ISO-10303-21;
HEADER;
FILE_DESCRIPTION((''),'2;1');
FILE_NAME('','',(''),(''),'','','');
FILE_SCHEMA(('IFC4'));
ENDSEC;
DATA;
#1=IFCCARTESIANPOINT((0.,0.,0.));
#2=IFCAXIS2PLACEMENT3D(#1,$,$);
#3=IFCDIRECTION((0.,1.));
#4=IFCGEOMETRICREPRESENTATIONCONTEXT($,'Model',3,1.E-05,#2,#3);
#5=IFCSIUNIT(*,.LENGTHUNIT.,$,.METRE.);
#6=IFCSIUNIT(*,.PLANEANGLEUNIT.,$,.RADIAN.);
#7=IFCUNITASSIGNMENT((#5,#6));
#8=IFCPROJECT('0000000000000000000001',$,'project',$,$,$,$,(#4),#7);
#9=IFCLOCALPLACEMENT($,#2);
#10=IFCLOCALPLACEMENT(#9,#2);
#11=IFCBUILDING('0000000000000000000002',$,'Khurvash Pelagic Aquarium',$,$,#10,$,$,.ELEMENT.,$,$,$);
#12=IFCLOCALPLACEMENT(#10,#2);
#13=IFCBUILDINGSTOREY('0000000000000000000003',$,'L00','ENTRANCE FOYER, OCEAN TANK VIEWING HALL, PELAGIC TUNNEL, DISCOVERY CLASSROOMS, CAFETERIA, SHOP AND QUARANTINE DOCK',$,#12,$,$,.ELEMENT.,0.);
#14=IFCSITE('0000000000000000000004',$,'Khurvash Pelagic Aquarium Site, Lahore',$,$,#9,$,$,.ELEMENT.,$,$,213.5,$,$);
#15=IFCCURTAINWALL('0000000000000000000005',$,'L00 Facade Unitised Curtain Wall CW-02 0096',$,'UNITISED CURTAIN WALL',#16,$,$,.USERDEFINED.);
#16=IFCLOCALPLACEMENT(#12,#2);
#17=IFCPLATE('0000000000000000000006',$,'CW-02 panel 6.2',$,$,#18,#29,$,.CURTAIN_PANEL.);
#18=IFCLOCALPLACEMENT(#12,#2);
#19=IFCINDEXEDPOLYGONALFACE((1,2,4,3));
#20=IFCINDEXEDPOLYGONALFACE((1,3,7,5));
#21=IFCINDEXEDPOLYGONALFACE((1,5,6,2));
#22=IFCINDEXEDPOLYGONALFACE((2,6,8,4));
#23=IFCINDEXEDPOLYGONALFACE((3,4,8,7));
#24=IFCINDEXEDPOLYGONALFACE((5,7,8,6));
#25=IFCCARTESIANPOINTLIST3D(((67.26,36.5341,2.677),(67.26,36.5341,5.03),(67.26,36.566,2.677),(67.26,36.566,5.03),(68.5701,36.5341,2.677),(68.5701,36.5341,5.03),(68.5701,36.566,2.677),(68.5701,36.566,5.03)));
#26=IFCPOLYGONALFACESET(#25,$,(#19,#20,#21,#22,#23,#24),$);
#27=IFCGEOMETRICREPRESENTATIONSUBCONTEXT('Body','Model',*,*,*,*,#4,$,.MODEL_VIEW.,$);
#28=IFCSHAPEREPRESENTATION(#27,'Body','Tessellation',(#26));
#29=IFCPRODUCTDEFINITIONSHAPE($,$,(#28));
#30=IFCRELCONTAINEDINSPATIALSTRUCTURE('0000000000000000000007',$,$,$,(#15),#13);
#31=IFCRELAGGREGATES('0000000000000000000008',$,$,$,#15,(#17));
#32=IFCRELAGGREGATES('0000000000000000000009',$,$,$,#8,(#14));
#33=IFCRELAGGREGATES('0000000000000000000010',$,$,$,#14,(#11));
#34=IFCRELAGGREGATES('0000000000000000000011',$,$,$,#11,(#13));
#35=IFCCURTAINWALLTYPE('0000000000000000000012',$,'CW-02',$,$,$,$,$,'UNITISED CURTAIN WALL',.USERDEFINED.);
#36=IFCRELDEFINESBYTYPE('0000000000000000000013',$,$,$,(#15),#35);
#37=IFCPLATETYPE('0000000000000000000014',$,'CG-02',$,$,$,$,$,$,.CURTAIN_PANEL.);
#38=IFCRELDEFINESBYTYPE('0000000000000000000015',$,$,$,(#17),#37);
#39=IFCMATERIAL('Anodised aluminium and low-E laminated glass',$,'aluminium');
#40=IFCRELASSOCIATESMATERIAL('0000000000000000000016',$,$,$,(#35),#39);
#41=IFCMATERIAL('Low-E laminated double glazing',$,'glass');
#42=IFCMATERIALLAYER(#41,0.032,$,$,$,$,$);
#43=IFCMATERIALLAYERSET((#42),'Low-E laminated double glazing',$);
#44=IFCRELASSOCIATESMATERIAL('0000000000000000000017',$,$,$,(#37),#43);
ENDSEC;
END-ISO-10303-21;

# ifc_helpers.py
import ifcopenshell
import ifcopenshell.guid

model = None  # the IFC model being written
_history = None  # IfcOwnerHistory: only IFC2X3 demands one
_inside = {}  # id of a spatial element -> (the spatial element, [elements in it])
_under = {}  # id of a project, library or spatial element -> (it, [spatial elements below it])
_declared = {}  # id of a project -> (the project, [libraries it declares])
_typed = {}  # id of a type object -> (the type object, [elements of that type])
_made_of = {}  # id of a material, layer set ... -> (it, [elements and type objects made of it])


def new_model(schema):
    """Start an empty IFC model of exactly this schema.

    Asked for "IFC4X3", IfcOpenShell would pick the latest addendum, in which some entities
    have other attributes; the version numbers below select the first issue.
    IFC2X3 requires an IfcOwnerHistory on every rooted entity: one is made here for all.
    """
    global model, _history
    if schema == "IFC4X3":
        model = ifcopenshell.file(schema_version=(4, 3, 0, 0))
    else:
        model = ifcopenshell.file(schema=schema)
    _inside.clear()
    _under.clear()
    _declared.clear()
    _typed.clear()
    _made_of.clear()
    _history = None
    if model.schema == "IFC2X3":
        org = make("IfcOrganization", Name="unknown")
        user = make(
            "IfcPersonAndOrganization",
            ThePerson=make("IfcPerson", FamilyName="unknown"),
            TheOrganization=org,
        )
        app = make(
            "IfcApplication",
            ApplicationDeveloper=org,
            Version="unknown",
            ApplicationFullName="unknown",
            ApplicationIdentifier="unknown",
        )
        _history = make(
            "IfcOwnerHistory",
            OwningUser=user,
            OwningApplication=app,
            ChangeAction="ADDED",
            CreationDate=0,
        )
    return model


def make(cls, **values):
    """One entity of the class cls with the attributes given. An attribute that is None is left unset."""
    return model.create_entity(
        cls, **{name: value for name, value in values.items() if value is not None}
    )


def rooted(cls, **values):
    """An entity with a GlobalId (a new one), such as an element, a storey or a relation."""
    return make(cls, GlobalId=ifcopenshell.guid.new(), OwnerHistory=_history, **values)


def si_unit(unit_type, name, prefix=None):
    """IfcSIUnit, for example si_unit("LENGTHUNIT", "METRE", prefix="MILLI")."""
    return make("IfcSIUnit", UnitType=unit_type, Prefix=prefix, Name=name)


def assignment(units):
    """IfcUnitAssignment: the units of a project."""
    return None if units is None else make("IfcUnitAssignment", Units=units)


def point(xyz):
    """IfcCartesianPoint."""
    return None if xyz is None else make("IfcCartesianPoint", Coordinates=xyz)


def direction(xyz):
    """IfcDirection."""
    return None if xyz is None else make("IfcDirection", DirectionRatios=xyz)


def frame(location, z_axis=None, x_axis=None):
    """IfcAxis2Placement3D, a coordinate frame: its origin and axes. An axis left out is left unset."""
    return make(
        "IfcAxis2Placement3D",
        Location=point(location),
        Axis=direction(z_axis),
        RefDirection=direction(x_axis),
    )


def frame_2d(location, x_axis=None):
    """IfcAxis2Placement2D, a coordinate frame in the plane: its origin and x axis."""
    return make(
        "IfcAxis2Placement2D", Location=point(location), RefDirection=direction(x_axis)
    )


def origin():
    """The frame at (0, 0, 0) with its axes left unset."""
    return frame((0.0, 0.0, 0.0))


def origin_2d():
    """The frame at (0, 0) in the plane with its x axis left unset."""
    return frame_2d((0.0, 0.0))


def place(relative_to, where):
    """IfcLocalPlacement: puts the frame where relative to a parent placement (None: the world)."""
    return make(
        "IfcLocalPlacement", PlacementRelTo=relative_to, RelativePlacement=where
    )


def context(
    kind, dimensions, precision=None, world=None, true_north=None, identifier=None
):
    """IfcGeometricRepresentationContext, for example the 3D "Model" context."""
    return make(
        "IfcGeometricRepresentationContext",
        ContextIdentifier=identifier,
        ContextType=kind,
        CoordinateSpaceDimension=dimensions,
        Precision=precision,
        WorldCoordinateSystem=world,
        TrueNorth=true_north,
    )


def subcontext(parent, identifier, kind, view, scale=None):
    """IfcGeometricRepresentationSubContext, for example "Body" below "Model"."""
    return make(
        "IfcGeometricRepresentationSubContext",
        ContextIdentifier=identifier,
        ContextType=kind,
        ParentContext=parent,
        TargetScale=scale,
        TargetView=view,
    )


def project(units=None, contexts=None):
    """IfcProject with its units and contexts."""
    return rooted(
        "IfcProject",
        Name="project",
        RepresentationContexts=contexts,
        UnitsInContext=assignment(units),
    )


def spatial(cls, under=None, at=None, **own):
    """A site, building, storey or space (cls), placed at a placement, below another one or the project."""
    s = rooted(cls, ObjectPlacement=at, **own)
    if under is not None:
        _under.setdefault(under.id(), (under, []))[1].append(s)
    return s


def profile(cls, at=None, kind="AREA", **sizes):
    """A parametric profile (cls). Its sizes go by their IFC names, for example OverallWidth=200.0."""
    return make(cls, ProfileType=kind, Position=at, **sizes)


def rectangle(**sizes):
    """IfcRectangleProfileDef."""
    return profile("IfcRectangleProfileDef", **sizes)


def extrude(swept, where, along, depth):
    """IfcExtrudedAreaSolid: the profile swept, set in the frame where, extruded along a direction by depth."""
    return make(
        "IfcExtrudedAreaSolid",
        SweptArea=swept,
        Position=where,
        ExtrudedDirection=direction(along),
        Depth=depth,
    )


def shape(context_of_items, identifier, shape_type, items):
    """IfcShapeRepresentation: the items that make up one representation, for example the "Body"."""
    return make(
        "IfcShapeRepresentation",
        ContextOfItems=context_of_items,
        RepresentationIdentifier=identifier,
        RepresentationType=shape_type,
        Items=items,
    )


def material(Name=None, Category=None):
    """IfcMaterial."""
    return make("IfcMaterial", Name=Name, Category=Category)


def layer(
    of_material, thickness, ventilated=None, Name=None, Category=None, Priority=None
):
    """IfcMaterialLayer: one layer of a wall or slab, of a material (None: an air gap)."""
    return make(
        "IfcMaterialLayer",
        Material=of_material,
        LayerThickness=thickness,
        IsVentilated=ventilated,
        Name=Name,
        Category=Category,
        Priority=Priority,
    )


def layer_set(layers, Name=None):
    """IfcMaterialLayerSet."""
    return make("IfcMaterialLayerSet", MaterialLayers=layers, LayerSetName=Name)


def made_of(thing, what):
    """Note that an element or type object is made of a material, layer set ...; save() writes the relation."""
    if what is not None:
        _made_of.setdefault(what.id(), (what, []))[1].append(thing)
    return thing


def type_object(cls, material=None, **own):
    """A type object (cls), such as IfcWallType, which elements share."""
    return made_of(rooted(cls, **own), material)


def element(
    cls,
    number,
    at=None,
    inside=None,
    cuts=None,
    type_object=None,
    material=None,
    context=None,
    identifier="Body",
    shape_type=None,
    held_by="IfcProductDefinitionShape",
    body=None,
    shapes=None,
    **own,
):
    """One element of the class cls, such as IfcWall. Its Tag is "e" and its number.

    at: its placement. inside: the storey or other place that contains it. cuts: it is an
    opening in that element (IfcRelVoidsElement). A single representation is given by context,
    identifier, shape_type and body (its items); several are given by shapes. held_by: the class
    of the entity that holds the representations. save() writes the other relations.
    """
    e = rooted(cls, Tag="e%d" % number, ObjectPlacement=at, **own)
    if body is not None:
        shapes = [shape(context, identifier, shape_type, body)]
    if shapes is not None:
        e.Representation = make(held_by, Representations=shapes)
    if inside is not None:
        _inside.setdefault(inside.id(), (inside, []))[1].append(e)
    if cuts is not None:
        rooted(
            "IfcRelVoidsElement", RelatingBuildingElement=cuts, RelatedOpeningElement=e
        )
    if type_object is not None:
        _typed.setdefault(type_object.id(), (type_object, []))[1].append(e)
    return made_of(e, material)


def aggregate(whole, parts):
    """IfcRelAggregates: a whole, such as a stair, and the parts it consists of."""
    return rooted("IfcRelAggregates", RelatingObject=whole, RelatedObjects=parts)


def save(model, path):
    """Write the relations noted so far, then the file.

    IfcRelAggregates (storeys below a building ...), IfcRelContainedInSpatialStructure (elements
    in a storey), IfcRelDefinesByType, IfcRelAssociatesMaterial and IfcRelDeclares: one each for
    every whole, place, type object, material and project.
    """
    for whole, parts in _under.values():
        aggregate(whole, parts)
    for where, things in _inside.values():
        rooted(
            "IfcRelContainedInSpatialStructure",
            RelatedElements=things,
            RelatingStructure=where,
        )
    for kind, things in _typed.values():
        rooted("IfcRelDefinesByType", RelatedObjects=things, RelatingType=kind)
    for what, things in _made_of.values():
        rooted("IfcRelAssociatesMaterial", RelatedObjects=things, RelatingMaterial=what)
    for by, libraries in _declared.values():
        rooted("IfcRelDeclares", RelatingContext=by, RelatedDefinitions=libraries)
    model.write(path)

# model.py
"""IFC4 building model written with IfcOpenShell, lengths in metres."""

from ifc_helpers import new_model, si_unit, direction, frame, origin, origin_2d, place, context, subcontext, project, spatial, rectangle, extrude, material, layer, layer_set, type_object, element, aggregate, save


model = new_model("IFC4")

# Units and contexts
model_context = context("Model", 3, precision=1e-05, world=origin(), true_north=direction((0.0, 1.0)))
body_context = subcontext(model_context, "Body", "Model", "MODEL_VIEW")
ifc_project = project(units=[si_unit("LENGTHUNIT", "METRE"), si_unit("PLANEANGLEUNIT", "RADIAN")], contexts=[model_context])

# Site, building, storey
site_placement = place(None, origin())
site = spatial("IfcSite", under=ifc_project, at=site_placement, Name="Khurvash Pelagic Aquarium Site, Lahore", CompositionType="ELEMENT", RefElevation=213.5)
building_placement = place(site_placement, origin())
building = spatial("IfcBuilding", under=site, at=building_placement, Name="Khurvash Pelagic Aquarium", CompositionType="ELEMENT")
storey_placement = place(building_placement, origin())
storey = spatial("IfcBuildingStorey", under=building, at=storey_placement, Name="L00", Description="ENTRANCE FOYER, OCEAN TANK VIEWING HALL, PELAGIC TUNNEL, DISCOVERY CLASSROOMS, CAFETERIA, SHOP AND QUARANTINE DOCK", CompositionType="ELEMENT", Elevation=0.0)

# Curtain wall, plate
ifc_material_1 = material(Name="Anodised aluminium and low-E laminated glass", Category="aluminium")
curtain_wall_type = type_object("IfcCurtainWallType", Name="CW-02", ElementType="UNITISED CURTAIN WALL", PredefinedType="USERDEFINED", material=ifc_material_1)
curtain_wall_placement = place(storey_placement, origin())
curtain_wall = element("IfcCurtainWall", 1, at=curtain_wall_placement, inside=storey, type_object=curtain_wall_type, Name="L00 Facade Unitised Curtain Wall CW-02 0096", ObjectType="UNITISED CURTAIN WALL", PredefinedType="USERDEFINED")
ifc_material_2 = material(Name="Low-E laminated double glazing", Category="glass")
ifc_layer = layer(ifc_material_2, 0.032)
ifc_layer_set = layer_set([ifc_layer], Name="Low-E laminated double glazing")
plate_type = type_object("IfcPlateType", Name="CG-02", PredefinedType="CURTAIN_PANEL", material=ifc_layer_set)
plate_1_placement = place(storey_placement, frame((67.915, 36.55, 2.677), z_axis=(0.0, 0.0, 1.0), x_axis=(-1.0, 0.0, 0.0)))
plate_1 = element("IfcPlate", 2, at=plate_1_placement, type_object=plate_type, Name="CW-02 panel 6.2", PredefinedType="CURTAIN_PANEL", context=body_context, shape_type="SweptSolid", body=[
    extrude(rectangle(XDim=1.3101, YDim=0.032, at=origin_2d()), origin(), (0.0, 0.0, 1.0), 2.353),
])
aggregate(curtain_wall, [plate_1])

save(model, "model.ifc")
